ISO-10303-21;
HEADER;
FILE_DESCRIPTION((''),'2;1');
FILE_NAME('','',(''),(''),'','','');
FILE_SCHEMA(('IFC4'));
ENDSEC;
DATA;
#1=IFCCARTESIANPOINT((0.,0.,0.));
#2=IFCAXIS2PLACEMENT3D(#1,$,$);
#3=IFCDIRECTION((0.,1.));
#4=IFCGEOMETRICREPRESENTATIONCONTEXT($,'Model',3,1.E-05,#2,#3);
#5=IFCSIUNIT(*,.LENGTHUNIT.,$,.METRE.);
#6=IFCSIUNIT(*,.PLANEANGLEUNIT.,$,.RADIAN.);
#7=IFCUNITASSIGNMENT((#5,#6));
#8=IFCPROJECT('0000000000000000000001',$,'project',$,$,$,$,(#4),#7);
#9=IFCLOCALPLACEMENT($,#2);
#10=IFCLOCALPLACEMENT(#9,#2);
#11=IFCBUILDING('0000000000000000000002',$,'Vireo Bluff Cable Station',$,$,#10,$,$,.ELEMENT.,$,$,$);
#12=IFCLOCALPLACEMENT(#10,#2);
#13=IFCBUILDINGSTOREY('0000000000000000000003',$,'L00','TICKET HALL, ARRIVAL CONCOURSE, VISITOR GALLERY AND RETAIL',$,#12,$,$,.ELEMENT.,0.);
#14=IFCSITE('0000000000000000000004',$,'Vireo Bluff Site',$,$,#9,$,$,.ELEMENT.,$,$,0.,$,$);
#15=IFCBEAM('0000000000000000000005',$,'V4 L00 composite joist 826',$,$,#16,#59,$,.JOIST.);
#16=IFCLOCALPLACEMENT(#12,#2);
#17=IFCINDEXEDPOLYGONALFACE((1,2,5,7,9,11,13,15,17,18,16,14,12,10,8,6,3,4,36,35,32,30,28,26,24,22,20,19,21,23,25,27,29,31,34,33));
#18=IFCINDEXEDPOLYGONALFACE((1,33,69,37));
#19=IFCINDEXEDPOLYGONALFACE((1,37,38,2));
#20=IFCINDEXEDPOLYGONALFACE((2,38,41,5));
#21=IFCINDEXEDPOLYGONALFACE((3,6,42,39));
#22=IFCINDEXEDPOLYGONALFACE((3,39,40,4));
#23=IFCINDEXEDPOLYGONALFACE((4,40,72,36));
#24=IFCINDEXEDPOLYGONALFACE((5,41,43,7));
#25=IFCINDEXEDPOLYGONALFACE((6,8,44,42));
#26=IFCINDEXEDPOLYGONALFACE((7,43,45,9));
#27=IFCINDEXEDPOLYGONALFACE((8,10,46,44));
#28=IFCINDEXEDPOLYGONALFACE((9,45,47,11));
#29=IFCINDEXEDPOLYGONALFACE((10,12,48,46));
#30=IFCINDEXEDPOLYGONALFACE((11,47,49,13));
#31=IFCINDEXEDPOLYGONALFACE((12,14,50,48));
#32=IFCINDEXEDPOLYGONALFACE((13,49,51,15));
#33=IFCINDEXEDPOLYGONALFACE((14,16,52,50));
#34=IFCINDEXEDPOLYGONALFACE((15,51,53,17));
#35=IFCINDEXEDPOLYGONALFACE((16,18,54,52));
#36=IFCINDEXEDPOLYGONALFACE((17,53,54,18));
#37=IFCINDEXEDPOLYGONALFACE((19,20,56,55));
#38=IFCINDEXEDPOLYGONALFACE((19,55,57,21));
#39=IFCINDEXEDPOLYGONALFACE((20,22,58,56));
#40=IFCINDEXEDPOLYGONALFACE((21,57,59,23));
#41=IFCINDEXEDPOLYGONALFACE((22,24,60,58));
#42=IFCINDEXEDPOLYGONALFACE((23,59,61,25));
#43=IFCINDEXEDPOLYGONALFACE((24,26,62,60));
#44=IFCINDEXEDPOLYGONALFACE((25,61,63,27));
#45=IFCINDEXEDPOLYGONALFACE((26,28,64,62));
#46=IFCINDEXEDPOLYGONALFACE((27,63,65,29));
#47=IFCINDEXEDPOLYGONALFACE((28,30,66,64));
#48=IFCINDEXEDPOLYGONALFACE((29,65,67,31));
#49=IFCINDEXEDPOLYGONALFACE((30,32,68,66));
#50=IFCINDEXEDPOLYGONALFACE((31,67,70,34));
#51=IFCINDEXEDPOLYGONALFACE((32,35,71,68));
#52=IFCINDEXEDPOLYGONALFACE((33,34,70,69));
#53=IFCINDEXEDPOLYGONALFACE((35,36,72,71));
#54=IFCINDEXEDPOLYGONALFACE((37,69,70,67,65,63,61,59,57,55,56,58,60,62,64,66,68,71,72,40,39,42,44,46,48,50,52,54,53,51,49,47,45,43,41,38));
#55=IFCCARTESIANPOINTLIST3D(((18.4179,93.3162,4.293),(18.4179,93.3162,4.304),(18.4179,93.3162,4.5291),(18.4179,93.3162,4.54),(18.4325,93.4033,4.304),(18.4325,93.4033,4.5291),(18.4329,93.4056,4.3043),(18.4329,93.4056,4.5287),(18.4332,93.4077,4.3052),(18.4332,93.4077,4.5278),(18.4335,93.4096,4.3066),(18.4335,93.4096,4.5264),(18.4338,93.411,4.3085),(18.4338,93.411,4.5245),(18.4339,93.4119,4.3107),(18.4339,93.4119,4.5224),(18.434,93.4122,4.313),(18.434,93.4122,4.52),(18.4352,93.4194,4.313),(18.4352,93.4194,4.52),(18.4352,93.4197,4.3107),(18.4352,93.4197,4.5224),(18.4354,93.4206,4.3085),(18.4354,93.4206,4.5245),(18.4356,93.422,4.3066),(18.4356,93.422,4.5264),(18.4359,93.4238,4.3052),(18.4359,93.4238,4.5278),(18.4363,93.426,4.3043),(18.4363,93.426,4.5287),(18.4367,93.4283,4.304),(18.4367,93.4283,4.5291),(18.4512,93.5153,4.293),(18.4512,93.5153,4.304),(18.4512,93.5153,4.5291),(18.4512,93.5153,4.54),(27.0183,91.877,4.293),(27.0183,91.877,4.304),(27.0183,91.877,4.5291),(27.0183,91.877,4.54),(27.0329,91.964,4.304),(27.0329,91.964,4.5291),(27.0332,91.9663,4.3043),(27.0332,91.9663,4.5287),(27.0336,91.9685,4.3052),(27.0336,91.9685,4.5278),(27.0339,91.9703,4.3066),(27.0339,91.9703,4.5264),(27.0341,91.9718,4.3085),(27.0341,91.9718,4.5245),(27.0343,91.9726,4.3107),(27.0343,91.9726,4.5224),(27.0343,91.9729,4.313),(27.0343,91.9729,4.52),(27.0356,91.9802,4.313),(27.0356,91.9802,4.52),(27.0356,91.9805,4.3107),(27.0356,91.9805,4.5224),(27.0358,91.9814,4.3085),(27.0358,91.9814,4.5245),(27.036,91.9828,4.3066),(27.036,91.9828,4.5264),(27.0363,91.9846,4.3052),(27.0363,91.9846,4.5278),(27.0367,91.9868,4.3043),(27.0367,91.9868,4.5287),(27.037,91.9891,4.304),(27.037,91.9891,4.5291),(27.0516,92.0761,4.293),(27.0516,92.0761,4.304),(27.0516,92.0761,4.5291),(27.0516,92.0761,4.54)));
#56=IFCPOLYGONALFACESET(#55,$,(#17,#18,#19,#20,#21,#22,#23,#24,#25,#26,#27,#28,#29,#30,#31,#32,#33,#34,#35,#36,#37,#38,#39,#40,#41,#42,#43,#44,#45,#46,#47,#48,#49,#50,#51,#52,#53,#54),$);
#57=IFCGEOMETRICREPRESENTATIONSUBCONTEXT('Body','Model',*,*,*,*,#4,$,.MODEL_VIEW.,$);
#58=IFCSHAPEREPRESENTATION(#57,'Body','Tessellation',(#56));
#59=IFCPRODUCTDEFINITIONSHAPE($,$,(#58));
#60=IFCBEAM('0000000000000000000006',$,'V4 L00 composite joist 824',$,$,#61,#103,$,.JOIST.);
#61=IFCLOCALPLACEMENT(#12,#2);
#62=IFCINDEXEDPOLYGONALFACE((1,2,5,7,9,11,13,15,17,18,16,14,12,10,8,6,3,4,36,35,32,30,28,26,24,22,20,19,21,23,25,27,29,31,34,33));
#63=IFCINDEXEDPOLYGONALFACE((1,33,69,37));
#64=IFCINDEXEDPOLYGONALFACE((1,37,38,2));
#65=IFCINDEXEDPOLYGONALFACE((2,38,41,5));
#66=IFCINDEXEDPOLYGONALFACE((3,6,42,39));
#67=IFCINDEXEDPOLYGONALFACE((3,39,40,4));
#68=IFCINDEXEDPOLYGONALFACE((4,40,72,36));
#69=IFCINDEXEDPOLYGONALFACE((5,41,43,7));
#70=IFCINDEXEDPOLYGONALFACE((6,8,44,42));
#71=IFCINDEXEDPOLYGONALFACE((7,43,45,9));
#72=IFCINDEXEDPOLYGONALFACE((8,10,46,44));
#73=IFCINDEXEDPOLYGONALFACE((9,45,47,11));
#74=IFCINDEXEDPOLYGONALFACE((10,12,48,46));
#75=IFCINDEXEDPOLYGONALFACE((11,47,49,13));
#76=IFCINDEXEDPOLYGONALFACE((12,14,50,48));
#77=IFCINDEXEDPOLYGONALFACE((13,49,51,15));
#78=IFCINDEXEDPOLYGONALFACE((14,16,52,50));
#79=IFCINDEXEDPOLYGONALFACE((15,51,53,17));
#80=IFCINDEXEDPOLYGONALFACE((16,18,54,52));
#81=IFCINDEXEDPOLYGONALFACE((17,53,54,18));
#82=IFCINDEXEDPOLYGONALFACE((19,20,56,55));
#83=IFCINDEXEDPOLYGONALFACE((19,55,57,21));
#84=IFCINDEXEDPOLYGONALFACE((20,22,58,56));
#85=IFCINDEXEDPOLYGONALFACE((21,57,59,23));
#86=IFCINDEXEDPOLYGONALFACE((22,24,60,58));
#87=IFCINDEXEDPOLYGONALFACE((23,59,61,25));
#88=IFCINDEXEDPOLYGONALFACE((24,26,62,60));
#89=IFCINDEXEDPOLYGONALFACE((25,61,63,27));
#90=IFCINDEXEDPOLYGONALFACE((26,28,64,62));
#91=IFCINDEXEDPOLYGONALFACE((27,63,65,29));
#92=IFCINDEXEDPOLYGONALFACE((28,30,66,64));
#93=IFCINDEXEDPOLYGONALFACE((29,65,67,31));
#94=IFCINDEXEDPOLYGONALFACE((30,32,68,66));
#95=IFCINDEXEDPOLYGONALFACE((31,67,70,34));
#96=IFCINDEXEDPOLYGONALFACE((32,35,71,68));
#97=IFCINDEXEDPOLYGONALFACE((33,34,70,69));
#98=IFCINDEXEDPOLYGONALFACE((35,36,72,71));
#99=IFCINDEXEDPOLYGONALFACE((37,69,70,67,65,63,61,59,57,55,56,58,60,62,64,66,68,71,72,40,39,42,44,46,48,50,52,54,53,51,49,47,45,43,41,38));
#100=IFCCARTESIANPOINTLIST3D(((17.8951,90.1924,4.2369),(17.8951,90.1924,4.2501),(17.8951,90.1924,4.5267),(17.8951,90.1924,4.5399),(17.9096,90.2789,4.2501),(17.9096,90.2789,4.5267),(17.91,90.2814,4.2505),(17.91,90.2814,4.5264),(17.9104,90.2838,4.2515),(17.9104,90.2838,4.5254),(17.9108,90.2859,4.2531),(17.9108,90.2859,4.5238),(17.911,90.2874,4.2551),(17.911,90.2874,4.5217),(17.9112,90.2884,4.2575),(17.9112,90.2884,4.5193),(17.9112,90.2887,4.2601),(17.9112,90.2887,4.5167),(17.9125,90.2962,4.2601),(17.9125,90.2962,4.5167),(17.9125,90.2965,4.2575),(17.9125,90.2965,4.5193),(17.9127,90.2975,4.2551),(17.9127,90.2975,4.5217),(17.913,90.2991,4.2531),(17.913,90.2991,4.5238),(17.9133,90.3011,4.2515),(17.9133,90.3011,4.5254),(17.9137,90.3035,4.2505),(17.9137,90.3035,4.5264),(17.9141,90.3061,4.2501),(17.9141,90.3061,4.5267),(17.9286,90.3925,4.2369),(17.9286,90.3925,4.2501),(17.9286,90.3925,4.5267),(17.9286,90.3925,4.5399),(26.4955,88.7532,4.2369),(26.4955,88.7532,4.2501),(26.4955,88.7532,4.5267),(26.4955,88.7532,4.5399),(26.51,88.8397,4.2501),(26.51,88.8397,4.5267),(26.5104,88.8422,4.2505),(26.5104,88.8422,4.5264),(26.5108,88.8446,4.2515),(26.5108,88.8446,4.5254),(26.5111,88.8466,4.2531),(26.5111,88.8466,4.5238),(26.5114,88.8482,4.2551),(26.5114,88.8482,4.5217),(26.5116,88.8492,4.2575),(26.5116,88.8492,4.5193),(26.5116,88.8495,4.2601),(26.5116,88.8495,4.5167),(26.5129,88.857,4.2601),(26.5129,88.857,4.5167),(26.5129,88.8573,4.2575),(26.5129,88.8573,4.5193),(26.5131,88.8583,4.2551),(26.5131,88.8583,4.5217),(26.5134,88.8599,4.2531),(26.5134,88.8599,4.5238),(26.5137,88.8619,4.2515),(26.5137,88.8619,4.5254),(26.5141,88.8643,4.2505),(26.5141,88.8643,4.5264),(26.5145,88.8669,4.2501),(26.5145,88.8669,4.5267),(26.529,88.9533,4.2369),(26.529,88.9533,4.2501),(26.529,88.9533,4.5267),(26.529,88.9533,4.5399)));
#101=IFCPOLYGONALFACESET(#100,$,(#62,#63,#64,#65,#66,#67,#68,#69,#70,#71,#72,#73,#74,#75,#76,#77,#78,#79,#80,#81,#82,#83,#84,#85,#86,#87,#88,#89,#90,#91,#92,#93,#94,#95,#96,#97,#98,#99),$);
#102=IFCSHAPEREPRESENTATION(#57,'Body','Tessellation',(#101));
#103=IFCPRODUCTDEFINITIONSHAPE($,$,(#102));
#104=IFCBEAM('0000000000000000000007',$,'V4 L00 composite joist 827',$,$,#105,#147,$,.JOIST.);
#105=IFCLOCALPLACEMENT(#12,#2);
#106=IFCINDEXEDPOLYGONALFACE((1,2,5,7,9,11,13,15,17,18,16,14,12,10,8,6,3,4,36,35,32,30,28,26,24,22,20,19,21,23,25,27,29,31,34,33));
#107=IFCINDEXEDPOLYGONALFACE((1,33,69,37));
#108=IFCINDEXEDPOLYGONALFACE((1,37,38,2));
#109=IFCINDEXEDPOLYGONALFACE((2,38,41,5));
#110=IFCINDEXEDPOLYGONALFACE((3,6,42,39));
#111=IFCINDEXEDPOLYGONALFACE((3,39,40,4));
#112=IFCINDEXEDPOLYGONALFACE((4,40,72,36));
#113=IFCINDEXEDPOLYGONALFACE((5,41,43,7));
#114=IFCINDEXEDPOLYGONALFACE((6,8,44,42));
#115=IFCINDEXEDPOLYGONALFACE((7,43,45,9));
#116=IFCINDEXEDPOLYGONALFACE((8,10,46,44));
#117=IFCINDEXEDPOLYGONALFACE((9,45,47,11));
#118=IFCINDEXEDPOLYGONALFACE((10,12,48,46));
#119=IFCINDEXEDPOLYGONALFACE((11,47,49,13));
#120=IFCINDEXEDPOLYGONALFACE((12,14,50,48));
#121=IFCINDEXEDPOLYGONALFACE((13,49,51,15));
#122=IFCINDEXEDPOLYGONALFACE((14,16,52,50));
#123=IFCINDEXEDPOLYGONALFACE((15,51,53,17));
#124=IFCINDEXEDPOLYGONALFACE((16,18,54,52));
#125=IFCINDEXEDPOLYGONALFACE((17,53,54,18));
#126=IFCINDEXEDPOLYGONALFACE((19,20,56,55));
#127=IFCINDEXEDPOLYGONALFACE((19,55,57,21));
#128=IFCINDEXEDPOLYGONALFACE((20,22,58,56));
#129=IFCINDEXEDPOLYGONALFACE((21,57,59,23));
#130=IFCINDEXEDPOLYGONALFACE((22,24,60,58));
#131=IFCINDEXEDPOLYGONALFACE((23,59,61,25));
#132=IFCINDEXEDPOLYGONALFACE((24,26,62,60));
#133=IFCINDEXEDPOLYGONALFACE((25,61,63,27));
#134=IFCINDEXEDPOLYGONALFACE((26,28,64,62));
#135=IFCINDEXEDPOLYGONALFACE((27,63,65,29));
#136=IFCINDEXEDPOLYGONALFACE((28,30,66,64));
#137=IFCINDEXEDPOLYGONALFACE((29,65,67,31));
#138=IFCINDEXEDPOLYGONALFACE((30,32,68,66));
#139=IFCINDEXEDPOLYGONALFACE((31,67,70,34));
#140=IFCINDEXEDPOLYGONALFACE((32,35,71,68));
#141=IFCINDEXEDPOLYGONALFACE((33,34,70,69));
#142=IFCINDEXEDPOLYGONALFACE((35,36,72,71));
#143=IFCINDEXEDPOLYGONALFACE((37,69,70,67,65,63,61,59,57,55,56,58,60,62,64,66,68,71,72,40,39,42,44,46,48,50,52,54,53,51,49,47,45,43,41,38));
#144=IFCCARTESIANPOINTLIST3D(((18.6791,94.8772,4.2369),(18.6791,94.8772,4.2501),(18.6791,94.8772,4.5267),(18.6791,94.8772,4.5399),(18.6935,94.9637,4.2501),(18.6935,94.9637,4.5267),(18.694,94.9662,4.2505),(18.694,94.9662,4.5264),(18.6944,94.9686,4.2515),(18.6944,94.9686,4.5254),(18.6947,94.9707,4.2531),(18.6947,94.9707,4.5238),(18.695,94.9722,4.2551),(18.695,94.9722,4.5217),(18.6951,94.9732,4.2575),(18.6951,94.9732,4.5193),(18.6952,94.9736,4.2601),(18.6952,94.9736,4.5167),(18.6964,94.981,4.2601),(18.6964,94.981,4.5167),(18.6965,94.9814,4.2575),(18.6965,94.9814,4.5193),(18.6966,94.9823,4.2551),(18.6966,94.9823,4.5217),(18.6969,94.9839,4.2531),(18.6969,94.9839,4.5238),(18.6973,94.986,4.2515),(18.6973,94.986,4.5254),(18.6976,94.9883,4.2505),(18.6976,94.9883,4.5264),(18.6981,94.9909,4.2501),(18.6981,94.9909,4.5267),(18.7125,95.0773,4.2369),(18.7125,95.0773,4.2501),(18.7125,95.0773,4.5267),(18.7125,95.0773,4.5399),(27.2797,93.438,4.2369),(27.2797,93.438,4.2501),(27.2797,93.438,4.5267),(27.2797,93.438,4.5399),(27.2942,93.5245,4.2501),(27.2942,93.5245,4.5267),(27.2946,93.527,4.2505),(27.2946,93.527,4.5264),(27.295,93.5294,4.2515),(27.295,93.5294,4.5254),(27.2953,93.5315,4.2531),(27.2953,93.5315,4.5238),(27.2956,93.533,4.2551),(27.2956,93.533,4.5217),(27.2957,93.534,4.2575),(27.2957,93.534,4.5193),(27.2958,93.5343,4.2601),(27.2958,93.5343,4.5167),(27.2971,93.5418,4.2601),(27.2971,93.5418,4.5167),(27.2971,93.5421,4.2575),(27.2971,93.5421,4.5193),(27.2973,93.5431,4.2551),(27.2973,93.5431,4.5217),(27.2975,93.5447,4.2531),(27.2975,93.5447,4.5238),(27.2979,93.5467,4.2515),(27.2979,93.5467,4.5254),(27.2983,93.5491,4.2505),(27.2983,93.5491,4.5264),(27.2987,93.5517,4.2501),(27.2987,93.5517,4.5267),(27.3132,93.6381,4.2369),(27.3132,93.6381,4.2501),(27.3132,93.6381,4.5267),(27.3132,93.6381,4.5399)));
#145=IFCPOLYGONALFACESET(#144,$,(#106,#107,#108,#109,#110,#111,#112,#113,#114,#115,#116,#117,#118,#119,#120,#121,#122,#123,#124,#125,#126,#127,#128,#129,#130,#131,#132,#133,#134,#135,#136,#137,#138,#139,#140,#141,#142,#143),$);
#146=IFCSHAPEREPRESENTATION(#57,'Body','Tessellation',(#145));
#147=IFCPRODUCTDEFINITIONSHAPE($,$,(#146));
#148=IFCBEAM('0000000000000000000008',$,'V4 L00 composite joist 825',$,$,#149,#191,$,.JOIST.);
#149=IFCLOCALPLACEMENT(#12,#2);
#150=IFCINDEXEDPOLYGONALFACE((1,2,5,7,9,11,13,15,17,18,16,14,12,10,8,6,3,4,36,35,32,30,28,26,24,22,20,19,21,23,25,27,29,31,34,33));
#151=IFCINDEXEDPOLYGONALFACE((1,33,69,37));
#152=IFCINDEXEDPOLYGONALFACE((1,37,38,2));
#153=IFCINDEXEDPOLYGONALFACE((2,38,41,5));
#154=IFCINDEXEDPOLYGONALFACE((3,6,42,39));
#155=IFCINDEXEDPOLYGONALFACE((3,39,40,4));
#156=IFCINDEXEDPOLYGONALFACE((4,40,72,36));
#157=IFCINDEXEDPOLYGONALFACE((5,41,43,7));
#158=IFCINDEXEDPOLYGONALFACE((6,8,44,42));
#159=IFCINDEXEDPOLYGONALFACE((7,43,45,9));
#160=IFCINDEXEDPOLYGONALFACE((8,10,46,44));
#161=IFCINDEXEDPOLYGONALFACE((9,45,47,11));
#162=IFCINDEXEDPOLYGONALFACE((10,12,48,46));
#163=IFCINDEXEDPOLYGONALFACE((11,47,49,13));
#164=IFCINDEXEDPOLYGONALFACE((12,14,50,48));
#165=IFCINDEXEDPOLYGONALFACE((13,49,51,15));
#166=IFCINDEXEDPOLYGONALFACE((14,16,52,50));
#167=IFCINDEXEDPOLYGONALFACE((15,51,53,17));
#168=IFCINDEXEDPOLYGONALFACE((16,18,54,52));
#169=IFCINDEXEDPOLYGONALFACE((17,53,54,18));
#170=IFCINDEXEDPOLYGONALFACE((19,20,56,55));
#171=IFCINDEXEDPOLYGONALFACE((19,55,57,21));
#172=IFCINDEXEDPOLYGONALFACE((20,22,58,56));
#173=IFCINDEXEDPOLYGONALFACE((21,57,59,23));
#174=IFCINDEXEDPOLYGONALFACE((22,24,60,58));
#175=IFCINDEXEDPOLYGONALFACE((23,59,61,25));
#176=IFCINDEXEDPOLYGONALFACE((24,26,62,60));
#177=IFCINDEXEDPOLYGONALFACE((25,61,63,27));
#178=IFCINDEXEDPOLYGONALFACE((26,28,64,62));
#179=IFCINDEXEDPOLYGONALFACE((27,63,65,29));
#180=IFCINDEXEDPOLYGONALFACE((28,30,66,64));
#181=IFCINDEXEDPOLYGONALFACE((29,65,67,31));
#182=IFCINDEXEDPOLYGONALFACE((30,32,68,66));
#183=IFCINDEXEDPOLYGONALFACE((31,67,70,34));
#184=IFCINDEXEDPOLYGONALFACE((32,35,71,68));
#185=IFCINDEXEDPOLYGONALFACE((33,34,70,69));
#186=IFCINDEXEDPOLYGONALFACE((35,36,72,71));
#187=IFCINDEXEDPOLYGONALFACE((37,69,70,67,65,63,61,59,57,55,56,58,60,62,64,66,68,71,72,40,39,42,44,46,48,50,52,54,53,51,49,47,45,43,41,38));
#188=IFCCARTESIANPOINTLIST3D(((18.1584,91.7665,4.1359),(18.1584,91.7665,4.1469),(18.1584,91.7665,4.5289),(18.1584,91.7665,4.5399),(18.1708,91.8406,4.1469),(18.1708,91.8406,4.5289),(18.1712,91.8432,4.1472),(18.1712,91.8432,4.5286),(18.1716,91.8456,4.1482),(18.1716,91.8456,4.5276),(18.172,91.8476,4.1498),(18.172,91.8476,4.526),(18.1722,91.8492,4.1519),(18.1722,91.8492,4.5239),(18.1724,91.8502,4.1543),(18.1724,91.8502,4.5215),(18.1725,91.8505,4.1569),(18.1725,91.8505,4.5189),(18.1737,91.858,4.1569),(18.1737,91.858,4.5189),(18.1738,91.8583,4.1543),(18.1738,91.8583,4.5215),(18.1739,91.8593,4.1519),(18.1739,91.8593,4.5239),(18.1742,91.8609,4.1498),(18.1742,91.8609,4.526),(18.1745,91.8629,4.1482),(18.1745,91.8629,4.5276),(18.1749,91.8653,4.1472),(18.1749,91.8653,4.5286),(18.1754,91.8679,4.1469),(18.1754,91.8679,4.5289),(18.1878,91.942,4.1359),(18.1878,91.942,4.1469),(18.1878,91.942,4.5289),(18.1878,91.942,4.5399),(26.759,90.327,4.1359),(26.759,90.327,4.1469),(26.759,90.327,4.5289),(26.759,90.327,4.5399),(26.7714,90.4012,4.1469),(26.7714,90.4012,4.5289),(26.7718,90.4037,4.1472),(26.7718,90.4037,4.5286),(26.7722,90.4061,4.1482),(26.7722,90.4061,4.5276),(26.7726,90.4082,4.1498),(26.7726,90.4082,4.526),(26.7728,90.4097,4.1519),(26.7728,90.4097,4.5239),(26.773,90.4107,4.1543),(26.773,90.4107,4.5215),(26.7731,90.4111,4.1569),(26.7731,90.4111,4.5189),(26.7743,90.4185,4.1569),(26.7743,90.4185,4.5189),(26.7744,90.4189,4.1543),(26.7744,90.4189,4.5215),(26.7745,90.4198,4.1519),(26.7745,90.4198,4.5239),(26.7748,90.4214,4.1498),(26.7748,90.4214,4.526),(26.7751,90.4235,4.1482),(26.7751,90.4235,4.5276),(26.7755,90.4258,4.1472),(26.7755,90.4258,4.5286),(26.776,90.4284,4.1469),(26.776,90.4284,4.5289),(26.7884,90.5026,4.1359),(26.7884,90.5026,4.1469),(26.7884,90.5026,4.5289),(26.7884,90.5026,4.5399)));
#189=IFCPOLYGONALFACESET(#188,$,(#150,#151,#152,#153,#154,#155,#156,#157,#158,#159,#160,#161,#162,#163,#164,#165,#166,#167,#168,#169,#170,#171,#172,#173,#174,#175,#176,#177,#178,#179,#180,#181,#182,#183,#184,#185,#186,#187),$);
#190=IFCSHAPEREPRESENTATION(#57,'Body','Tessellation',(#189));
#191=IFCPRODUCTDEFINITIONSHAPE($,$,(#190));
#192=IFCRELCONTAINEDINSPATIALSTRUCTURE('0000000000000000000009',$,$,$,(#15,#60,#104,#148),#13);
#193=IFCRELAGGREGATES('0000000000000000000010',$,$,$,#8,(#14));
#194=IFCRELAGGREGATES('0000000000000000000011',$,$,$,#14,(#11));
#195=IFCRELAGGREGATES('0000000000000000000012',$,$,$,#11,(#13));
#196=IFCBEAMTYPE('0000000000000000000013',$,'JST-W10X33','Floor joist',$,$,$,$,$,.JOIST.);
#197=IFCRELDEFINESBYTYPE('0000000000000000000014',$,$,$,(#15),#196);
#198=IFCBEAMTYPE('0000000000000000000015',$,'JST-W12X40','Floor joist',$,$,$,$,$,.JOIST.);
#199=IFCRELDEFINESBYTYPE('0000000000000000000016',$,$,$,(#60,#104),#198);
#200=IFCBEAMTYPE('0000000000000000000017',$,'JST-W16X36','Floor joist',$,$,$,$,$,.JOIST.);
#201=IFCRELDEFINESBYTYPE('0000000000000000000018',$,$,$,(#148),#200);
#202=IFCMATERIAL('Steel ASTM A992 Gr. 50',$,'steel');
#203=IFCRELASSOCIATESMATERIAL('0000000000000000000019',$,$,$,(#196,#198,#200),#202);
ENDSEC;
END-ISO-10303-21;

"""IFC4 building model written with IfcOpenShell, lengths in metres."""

from ifc_helpers import new_model, si_unit, direction, frame, origin, origin_2d, place, context, subcontext, project, spatial, i_section, extrude, material, material_profile, profile_set, type_object, element, save


model = new_model("IFC4")

# Units and contexts
model_context = context("Model", 3, precision=1e-05, world=origin(), true_north=direction((0.0, 1.0)))
body_context = subcontext(model_context, "Body", "Model", "MODEL_VIEW")
ifc_project = project(units=[si_unit("LENGTHUNIT", "METRE"), si_unit("PLANEANGLEUNIT", "RADIAN")], contexts=[model_context])

# Site, building, storey
site_placement = place(None, origin())
site = spatial("IfcSite", under=ifc_project, at=site_placement, Name="Vireo Bluff Site", CompositionType="ELEMENT", RefElevation=0.0)
building_placement = place(site_placement, origin())
building = spatial("IfcBuilding", under=site, at=building_placement, Name="Vireo Bluff Cable Station", CompositionType="ELEMENT")
storey_placement = place(building_placement, origin())
storey = spatial("IfcBuildingStorey", under=building, at=storey_placement, Name="L00", Description="TICKET HALL, ARRIVAL CONCOURSE, VISITOR GALLERY AND RETAIL", CompositionType="ELEMENT", Elevation=0.0)

# Shared definitions
ifc_material_1 = material(Name="Steel ASTM A992 Gr. 50", Category="steel")

# Beams
ifc_material_profile_1 = material_profile(ifc_material_1, i_section(OverallWidth=0.2019, OverallDepth=0.2471, WebThickness=0.0073, FlangeThickness=0.011, FilletRadius=0.009, at=origin_2d()), Name="W10X33")
ifc_profile_set_1 = profile_set([ifc_material_profile_1], Name="Steel ASTM A992 Gr. 50")
beam_type_1 = type_object("IfcBeamType", Name="JST-W10X33", Description="Floor joist", PredefinedType="JOIST", material=ifc_profile_set_1)
beam_1_placement = place(storey_placement, frame((18.4346, 93.4158, 4.4165), z_axis=(0.986286, -0.165048, 0.0), x_axis=(0.165048, 0.986286, 0.0)))
element("IfcBeam", 1, at=beam_1_placement, inside=storey, type_object=beam_type_1, Name="V4 L00 composite joist 826", PredefinedType="JOIST", context=body_context, shape_type="SweptSolid", body=[
    extrude(i_section(OverallWidth=0.2019, OverallDepth=0.2471, WebThickness=0.0073, FlangeThickness=0.011, FilletRadius=0.009, at=origin_2d()), origin(), (0.0, 0.0, 1.0), 8.72),
])
ifc_material_profile_2 = material_profile(ifc_material_1, i_section(OverallWidth=0.2029, OverallDepth=0.303, WebThickness=0.0076, FlangeThickness=0.0132, FilletRadius=0.01, at=origin_2d()), Name="W12X40")
ifc_profile_set_2 = profile_set([ifc_material_profile_2], Name="Steel ASTM A992 Gr. 50")
beam_type_2 = type_object("IfcBeamType", Name="JST-W12X40", Description="Floor joist", PredefinedType="JOIST", material=ifc_profile_set_2)
beam_2_placement = place(storey_placement, frame((17.9119, 90.2925, 4.3884), z_axis=(0.986286, -0.165048, 0.0), x_axis=(0.165048, 0.986286, 0.0)))
element("IfcBeam", 2, at=beam_2_placement, inside=storey, type_object=beam_type_2, Name="V4 L00 composite joist 824", PredefinedType="JOIST", context=body_context, shape_type="SweptSolid", body=[
    extrude(i_section(OverallWidth=0.2029, OverallDepth=0.303, WebThickness=0.0076, FlangeThickness=0.0132, FilletRadius=0.01, at=origin_2d()), origin(), (0.0, 0.0, 1.0), 8.72),
])
beam_3_placement = place(storey_placement, frame((18.6958, 94.9773, 4.3884), z_axis=(0.986286, -0.165044, 0.0), x_axis=(0.165044, 0.986286, 0.0)))
element("IfcBeam", 3, at=beam_3_placement, inside=storey, type_object=beam_type_2, Name="V4 L00 composite joist 827", PredefinedType="JOIST", context=body_context, shape_type="SweptSolid", body=[
    extrude(i_section(OverallWidth=0.2029, OverallDepth=0.303, WebThickness=0.0076, FlangeThickness=0.0132, FilletRadius=0.01, at=origin_2d()), origin(), (0.0, 0.0, 1.0), 8.7202),
])
ifc_material_profile_3 = material_profile(ifc_material_1, i_section(OverallWidth=0.178, OverallDepth=0.4041, WebThickness=0.0076, FlangeThickness=0.011, FilletRadius=0.01, at=origin_2d()), Name="W16X36")
ifc_profile_set_3 = profile_set([ifc_material_profile_3], Name="Steel ASTM A992 Gr. 50")
beam_type_3 = type_object("IfcBeamType", Name="JST-W16X36", Description="Floor joist", PredefinedType="JOIST", material=ifc_profile_set_3)
beam_4_placement = place(storey_placement, frame((18.1731, 91.8542, 4.3379), z_axis=(0.986282, -0.165071, 0.0), x_axis=(0.165071, 0.986282, 0.0)))
element("IfcBeam", 4, at=beam_4_placement, inside=storey, type_object=beam_type_3, Name="V4 L00 composite joist 825", PredefinedType="JOIST", context=body_context, shape_type="SweptSolid", body=[
    extrude(i_section(OverallWidth=0.178, OverallDepth=0.4041, WebThickness=0.0076, FlangeThickness=0.011, FilletRadius=0.01, at=origin_2d()), origin(), (0.0, 0.0, 1.0), 8.7202),
])

save(model, "model.ifc")
